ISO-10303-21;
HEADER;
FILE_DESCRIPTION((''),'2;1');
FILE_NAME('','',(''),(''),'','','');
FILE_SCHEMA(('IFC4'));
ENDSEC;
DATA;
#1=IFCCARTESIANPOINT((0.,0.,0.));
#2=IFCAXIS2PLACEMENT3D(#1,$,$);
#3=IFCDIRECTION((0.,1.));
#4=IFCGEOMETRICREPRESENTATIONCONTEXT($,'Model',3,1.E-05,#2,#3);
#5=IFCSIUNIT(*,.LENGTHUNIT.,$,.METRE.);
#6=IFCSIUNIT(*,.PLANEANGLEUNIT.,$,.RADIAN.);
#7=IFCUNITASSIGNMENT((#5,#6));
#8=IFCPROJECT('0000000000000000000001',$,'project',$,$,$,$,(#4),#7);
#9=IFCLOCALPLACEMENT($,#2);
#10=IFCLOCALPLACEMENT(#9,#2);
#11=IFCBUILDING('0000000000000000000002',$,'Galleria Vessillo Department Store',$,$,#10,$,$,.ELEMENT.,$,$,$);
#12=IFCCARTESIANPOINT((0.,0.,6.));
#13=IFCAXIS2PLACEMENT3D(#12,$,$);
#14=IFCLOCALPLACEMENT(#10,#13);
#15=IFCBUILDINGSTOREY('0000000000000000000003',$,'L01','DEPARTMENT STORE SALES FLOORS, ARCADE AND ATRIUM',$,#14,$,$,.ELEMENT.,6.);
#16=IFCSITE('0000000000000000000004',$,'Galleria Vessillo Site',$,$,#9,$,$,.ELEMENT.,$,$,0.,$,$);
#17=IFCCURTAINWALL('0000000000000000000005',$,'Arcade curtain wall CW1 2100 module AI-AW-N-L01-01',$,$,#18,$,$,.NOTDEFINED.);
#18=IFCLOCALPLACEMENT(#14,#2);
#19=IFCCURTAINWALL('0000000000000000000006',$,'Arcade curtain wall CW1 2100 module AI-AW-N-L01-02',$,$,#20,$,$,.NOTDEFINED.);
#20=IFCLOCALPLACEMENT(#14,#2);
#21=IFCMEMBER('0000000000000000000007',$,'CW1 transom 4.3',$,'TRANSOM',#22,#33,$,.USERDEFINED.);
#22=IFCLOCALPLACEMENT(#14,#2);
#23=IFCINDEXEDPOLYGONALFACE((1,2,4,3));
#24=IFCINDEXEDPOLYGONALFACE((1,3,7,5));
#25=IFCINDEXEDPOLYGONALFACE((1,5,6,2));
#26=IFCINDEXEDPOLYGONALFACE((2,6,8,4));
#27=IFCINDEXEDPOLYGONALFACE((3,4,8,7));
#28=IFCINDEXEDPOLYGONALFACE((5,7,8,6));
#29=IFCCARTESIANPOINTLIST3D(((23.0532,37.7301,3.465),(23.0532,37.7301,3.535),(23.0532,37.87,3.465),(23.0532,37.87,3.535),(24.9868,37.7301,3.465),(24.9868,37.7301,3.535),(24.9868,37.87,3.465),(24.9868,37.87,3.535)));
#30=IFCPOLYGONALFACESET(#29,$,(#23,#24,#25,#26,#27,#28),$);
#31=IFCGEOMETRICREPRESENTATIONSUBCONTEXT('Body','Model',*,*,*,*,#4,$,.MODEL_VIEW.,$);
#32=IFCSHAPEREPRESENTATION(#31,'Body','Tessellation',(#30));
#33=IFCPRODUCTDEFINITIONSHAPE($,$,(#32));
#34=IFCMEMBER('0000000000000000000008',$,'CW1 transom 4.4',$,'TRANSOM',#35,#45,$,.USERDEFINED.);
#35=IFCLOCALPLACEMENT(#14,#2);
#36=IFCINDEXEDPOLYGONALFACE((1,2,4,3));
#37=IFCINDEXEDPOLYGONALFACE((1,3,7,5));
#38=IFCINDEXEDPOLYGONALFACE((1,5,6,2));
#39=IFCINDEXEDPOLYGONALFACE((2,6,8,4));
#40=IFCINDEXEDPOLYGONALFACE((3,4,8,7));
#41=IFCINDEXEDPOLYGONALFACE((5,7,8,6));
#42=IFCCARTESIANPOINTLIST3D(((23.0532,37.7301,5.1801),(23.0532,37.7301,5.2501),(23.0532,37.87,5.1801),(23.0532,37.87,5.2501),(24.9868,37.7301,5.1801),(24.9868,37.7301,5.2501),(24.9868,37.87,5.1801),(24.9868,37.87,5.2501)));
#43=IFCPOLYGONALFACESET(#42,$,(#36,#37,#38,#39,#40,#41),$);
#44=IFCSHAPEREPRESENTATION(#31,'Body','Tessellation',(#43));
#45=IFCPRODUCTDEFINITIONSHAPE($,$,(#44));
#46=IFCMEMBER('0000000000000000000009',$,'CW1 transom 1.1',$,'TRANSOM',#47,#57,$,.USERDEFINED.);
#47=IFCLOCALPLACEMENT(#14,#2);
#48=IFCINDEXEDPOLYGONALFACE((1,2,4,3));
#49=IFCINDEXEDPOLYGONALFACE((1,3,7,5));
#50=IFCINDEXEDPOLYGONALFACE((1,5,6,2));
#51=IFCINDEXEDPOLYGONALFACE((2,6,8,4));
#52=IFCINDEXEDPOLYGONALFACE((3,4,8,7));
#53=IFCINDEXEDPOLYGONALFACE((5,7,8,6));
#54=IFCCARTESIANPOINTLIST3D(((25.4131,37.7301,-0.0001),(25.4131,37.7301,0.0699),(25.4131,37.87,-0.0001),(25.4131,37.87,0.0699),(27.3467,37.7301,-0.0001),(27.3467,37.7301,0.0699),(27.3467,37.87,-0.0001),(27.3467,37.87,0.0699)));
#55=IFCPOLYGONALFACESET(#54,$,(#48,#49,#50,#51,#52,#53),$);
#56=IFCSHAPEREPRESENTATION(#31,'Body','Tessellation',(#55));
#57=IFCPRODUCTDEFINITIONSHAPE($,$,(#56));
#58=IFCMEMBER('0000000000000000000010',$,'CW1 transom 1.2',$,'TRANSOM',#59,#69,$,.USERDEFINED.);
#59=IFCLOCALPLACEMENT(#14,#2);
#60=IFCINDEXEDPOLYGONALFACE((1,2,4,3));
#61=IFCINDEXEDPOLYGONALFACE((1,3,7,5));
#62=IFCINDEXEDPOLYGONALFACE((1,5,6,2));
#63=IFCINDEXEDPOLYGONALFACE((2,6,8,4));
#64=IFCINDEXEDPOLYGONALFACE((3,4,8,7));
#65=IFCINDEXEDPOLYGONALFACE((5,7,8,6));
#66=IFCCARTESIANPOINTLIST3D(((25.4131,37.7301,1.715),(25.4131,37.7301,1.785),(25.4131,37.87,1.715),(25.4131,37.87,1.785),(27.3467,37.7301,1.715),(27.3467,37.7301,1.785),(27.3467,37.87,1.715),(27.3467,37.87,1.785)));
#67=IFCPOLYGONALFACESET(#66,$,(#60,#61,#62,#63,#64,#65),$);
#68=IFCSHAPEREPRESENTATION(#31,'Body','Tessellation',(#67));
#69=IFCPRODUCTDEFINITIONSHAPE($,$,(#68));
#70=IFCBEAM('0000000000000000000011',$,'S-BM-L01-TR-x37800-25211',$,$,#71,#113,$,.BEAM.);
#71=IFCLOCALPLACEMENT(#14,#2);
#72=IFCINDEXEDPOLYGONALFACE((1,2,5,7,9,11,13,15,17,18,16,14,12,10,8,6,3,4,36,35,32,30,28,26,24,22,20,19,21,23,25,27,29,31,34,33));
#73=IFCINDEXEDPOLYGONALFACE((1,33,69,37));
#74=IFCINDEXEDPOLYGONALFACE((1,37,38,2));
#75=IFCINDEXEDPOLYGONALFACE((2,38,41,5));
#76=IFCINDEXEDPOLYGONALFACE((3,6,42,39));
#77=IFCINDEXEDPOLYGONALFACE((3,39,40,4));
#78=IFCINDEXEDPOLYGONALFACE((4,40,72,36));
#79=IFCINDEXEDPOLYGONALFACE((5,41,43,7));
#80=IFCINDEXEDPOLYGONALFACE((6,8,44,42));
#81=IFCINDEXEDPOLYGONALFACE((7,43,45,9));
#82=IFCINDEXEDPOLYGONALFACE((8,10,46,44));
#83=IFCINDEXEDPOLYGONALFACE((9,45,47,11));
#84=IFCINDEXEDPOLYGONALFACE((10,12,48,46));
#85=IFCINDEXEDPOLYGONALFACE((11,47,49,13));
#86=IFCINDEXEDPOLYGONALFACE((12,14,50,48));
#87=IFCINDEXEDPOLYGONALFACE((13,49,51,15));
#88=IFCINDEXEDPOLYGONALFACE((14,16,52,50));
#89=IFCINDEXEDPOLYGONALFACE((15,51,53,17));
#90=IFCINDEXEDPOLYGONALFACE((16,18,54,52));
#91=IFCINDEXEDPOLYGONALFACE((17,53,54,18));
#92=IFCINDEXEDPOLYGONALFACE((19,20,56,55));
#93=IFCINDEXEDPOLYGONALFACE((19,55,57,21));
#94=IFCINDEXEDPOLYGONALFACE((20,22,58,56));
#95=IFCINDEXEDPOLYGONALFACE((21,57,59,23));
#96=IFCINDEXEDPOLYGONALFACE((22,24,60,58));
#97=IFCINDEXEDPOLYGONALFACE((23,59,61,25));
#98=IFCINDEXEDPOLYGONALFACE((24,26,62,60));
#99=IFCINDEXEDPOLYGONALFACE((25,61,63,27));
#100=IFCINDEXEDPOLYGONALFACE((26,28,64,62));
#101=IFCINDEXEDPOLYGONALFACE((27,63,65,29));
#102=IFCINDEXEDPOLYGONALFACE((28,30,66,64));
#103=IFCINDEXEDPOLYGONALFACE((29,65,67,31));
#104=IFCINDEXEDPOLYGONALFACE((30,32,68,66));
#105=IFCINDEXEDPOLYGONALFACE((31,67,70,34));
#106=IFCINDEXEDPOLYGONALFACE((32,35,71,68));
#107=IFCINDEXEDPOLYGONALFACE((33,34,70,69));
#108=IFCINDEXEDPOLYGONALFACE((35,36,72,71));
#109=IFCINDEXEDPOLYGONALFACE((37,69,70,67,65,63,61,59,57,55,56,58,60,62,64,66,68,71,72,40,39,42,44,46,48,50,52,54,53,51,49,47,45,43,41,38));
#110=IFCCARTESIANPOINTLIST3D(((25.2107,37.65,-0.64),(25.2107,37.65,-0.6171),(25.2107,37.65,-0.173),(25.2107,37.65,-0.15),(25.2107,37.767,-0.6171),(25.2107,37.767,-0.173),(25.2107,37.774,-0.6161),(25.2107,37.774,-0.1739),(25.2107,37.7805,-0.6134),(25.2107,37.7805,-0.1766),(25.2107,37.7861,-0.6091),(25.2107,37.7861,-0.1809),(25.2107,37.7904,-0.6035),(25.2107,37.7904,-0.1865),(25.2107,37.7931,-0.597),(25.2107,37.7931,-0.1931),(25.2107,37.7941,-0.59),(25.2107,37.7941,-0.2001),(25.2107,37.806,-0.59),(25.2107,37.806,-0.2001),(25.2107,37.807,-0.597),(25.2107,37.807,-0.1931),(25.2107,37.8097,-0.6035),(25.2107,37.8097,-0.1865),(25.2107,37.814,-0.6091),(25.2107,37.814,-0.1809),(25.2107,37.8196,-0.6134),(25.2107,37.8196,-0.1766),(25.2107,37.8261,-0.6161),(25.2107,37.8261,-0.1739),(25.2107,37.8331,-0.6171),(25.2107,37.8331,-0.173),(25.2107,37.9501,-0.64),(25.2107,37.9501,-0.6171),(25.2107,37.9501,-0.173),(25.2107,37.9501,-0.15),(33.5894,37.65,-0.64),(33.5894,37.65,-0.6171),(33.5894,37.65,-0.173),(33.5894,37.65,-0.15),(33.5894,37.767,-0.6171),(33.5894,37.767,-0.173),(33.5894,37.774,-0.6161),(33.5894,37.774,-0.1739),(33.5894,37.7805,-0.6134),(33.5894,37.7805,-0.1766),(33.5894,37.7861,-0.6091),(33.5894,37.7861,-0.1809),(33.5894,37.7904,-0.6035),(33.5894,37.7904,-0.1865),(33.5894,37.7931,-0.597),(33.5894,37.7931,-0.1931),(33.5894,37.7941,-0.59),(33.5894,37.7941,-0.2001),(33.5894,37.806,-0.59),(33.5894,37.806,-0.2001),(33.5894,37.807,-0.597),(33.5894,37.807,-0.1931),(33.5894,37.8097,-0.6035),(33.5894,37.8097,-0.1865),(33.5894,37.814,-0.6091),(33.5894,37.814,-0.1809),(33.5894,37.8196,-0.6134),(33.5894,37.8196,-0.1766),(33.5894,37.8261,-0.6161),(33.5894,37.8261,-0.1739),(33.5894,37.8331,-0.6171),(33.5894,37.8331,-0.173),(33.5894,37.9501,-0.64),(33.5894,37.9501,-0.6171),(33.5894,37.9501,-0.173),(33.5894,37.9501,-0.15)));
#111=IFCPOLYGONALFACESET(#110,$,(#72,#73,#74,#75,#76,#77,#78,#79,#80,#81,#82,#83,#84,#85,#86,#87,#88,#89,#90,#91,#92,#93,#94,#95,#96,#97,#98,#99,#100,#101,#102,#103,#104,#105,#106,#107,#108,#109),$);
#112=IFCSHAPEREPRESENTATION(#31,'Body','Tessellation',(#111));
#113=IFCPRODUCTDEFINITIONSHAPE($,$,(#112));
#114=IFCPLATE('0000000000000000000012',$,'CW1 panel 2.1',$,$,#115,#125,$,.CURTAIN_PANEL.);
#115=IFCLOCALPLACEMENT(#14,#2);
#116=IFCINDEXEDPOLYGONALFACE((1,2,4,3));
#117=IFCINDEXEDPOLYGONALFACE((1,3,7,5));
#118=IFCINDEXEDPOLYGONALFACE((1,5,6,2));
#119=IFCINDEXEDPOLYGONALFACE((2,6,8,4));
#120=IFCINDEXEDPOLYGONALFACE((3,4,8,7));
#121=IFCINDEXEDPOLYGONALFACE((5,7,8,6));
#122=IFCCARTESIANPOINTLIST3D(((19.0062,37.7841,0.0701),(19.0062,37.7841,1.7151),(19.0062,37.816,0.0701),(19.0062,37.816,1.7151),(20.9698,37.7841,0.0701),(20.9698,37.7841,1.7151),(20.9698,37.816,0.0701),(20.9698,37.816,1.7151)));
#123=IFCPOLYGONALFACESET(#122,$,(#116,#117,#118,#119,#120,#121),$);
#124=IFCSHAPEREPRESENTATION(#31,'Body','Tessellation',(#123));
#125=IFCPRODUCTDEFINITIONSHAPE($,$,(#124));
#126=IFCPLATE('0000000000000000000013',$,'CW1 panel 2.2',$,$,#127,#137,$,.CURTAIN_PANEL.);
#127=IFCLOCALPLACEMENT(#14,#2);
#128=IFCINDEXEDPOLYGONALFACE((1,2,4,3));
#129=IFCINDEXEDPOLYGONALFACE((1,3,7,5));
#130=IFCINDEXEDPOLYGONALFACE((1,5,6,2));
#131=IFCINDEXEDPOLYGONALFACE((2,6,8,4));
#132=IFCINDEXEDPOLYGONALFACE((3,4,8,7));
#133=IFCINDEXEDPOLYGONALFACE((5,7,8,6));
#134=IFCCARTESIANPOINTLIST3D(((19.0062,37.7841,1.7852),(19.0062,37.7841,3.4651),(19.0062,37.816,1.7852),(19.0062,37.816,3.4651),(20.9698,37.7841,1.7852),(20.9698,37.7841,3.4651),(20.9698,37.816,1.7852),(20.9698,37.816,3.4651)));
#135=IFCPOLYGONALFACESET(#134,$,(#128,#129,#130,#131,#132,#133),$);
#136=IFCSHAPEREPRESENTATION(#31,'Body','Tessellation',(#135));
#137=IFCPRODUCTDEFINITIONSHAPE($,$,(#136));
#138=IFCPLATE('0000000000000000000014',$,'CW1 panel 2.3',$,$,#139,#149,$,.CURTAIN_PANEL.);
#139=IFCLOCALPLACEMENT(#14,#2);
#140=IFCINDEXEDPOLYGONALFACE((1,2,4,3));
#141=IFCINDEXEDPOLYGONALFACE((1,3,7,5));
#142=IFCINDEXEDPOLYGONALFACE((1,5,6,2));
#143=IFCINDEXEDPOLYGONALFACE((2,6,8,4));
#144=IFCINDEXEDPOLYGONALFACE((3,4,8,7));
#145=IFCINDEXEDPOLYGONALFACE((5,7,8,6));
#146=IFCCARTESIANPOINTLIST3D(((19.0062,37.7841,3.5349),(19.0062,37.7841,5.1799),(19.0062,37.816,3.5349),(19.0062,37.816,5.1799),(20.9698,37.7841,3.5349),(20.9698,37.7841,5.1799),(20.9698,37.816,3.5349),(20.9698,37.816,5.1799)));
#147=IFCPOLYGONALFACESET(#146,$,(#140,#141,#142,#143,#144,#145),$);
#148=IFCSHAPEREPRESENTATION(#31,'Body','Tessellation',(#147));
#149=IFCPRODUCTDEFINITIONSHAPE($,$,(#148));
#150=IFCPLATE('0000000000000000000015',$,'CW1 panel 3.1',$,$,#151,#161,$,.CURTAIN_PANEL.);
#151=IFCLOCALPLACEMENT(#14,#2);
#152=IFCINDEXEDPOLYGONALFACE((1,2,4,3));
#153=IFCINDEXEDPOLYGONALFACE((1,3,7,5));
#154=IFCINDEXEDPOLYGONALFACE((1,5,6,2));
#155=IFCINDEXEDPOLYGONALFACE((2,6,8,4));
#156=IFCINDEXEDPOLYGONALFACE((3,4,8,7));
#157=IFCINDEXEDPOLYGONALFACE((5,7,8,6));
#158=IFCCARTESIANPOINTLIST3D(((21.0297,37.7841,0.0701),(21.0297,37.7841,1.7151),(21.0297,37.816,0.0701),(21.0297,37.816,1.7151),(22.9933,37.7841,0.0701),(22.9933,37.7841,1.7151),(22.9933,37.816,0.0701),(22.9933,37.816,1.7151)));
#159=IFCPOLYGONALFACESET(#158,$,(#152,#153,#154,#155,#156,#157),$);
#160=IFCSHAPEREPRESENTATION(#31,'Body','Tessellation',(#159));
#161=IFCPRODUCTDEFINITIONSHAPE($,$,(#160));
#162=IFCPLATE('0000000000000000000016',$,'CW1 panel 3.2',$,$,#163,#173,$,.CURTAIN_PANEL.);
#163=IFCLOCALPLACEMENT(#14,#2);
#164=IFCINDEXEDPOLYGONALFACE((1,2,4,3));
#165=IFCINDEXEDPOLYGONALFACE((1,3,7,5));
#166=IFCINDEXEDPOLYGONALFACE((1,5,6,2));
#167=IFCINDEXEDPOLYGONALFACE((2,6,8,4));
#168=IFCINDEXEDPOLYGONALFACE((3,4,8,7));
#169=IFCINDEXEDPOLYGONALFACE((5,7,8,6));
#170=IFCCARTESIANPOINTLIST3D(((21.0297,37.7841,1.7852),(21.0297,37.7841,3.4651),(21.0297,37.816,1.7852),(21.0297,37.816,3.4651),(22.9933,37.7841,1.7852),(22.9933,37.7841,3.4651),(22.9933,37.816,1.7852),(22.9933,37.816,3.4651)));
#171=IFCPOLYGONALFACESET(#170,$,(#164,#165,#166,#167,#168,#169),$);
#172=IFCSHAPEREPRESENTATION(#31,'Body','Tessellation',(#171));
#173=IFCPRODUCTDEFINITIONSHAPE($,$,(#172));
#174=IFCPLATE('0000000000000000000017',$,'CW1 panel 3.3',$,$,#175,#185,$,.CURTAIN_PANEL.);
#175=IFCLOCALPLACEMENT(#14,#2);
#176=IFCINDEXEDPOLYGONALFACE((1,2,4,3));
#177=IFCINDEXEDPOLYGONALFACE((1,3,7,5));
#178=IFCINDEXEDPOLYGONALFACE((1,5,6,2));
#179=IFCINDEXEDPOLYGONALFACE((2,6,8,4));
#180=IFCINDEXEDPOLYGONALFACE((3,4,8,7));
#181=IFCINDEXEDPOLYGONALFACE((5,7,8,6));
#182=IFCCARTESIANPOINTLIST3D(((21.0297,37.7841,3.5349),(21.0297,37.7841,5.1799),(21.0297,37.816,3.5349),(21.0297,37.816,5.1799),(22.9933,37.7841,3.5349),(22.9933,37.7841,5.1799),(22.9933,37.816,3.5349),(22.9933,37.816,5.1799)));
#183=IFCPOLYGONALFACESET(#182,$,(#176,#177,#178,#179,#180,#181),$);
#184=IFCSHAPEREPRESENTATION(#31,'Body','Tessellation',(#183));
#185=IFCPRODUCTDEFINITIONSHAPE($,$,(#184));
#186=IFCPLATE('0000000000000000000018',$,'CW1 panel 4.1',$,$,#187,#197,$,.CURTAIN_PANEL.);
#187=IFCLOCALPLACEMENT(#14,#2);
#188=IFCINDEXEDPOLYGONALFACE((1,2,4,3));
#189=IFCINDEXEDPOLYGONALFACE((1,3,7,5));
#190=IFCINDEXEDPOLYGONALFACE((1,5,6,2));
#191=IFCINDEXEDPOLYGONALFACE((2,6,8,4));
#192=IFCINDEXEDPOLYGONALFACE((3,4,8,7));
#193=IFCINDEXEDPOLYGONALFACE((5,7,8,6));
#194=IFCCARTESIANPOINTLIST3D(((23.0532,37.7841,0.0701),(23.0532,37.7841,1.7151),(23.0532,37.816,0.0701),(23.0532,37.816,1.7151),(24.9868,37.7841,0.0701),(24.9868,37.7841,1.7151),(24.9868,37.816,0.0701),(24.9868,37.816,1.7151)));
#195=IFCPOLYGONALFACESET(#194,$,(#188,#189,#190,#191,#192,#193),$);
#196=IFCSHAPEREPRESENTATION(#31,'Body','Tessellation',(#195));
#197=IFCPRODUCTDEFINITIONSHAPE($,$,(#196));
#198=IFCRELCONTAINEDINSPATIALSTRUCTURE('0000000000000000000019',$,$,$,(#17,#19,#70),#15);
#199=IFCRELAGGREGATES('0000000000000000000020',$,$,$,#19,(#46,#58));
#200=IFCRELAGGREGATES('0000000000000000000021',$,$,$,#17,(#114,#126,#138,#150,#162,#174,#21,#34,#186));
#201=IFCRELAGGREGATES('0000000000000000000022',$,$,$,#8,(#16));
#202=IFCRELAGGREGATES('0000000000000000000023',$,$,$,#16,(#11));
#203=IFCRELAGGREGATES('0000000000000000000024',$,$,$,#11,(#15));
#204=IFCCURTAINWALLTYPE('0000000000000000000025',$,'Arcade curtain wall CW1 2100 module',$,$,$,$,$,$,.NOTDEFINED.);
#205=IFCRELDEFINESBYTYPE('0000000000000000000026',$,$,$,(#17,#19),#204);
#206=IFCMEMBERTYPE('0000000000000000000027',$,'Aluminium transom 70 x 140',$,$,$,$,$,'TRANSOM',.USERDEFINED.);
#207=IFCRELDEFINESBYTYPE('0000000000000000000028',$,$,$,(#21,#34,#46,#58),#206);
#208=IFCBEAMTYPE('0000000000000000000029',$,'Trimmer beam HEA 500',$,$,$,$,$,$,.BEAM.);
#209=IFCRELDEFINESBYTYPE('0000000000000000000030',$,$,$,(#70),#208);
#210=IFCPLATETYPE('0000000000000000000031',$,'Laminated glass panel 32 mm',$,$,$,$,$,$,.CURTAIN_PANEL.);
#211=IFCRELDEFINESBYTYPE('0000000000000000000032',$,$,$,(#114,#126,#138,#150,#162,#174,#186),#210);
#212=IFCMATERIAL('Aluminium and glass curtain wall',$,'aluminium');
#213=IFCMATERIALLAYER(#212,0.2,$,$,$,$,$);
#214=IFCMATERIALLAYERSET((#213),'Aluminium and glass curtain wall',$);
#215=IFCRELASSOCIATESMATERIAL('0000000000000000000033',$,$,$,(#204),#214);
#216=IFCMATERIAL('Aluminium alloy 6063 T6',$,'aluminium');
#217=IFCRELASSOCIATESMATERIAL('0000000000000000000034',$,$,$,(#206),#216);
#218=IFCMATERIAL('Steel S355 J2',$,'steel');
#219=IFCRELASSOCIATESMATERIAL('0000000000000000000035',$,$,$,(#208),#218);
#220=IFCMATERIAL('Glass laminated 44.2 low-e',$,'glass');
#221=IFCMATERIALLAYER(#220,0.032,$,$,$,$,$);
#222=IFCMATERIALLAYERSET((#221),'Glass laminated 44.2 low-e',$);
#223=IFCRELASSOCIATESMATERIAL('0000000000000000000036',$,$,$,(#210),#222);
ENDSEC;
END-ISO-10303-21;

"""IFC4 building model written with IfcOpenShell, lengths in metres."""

from ifc_helpers import new_model, si_unit, direction, frame, origin, origin_2d, place, context, subcontext, project, spatial, rectangle, i_section, extrude, material, layer, layer_set, material_profile, profile_set, type_object, element, aggregate, save


model = new_model("IFC4")

# Units and contexts
model_context = context("Model", 3, precision=1e-05, world=origin(), true_north=direction((0.0, 1.0)))
body_context = subcontext(model_context, "Body", "Model", "MODEL_VIEW")
ifc_project = project(units=[si_unit("LENGTHUNIT", "METRE"), si_unit("PLANEANGLEUNIT", "RADIAN")], contexts=[model_context])

# Site, building, storey
site_placement = place(None, origin())
site = spatial("IfcSite", under=ifc_project, at=site_placement, Name="Galleria Vessillo Site", CompositionType="ELEMENT", RefElevation=0.0)
building_placement = place(site_placement, origin())
building = spatial("IfcBuilding", under=site, at=building_placement, Name="Galleria Vessillo Department Store", CompositionType="ELEMENT")
storey_placement = place(building_placement, frame((0.0, 0.0, 6.0)))
storey = spatial("IfcBuildingStorey", under=building, at=storey_placement, Name="L01", Description="DEPARTMENT STORE SALES FLOORS, ARCADE AND ATRIUM", CompositionType="ELEMENT", Elevation=6.0)

# Curtain wall
ifc_material_1 = material(Name="Aluminium and glass curtain wall", Category="aluminium")
ifc_layer_1 = layer(ifc_material_1, 0.2)
ifc_layer_set_1 = layer_set([ifc_layer_1], Name="Aluminium and glass curtain wall")
curtain_wall_type = type_object("IfcCurtainWallType", Name="Arcade curtain wall CW1 2100 module", PredefinedType="NOTDEFINED", material=ifc_layer_set_1)
curtain_wall_1_placement = place(storey_placement, origin())
curtain_wall_1 = element("IfcCurtainWall", 1, at=curtain_wall_1_placement, inside=storey, type_object=curtain_wall_type, Name="Arcade curtain wall CW1 2100 module AI-AW-N-L01-01", PredefinedType="NOTDEFINED")

# Curtain wall
curtain_wall_2_placement = place(storey_placement, origin())
curtain_wall_2 = element("IfcCurtainWall", 2, at=curtain_wall_2_placement, inside=storey, type_object=curtain_wall_type, Name="Arcade curtain wall CW1 2100 module AI-AW-N-L01-02", PredefinedType="NOTDEFINED")

# Members
ifc_material_2 = material(Name="Aluminium alloy 6063 T6", Category="aluminium")
ifc_material_profile_1 = material_profile(ifc_material_2, rectangle(XDim=0.1399, YDim=0.0701, at=origin_2d()), Name="AL 70x140")
ifc_profile_set_1 = profile_set([ifc_material_profile_1], Name="Aluminium alloy 6063 T6")
member_type_1 = type_object("IfcMemberType", Name="Aluminium transom 70 x 140", ElementType="TRANSOM", PredefinedType="USERDEFINED", material=ifc_profile_set_1)
member_1_placement = place(storey_placement, frame((23.0532, 37.8, 3.5), z_axis=(1.0, 0.0, 0.0), x_axis=(0.0, 1.0, 0.0)))
member_1 = element("IfcMember", 3, at=member_1_placement, type_object=member_type_1, Name="CW1 transom 4.3", ObjectType="TRANSOM", PredefinedType="USERDEFINED", context=body_context, shape_type="SweptSolid", body=[
    extrude(rectangle(XDim=0.1399, YDim=0.0701, at=origin_2d()), origin(), (0.0, 0.0, 1.0), 1.9336),
])
member_2_placement = place(storey_placement, frame((23.0532, 37.8, 5.2151), z_axis=(1.0, 0.0, 0.0), x_axis=(0.0, 1.0, 0.0)))
member_2 = element("IfcMember", 4, at=member_2_placement, type_object=member_type_1, Name="CW1 transom 4.4", ObjectType="TRANSOM", PredefinedType="USERDEFINED", context=body_context, shape_type="SweptSolid", body=[
    extrude(rectangle(XDim=0.1399, YDim=0.0701, at=origin_2d()), origin(), (0.0, 0.0, 1.0), 1.9336),
])
member_3_placement = place(storey_placement, frame((25.4131, 37.8, 0.0349), z_axis=(1.0, 0.0, 0.0), x_axis=(0.0, 1.0, 0.0)))
member_3 = element("IfcMember", 5, at=member_3_placement, type_object=member_type_1, Name="CW1 transom 1.1", ObjectType="TRANSOM", PredefinedType="USERDEFINED", context=body_context, shape_type="SweptSolid", body=[
    extrude(rectangle(XDim=0.1399, YDim=0.0701, at=origin_2d()), origin(), (0.0, 0.0, 1.0), 1.9336),
])
member_4_placement = place(storey_placement, frame((25.4131, 37.8, 1.75), z_axis=(1.0, 0.0, 0.0), x_axis=(0.0, 1.0, 0.0)))
member_4 = element("IfcMember", 6, at=member_4_placement, type_object=member_type_1, Name="CW1 transom 1.2", ObjectType="TRANSOM", PredefinedType="USERDEFINED", context=body_context, shape_type="SweptSolid", body=[
    extrude(rectangle(XDim=0.1399, YDim=0.0701, at=origin_2d()), origin(), (0.0, 0.0, 1.0), 1.9336),
])
aggregate(curtain_wall_2, [member_3, member_4])

# Beam
ifc_material_3 = material(Name="Steel S355 J2", Category="steel")
ifc_material_profile_2 = material_profile(ifc_material_3, i_section(OverallWidth=0.3, OverallDepth=0.49, WebThickness=0.012, FlangeThickness=0.0229, FilletRadius=0.0271, at=origin_2d()), Name="HEA 500")
ifc_profile_set_2 = profile_set([ifc_material_profile_2], Name="Steel S355 J2")
beam_type = type_object("IfcBeamType", Name="Trimmer beam HEA 500", PredefinedType="BEAM", material=ifc_profile_set_2)
beam_placement = place(storey_placement, frame((25.2107, 37.8, -0.395), z_axis=(1.0, 0.0, 0.0), x_axis=(0.0, 1.0, 0.0)))
element("IfcBeam", 7, at=beam_placement, inside=storey, type_object=beam_type, Name="S-BM-L01-TR-x37800-25211", PredefinedType="BEAM", context=body_context, shape_type="SweptSolid", body=[
    extrude(i_section(OverallWidth=0.3, OverallDepth=0.49, WebThickness=0.012, FlangeThickness=0.0229, FilletRadius=0.0271, at=origin_2d()), origin(), (0.0, 0.0, 1.0), 8.3787),
])

# Plates
ifc_material_4 = material(Name="Glass laminated 44.2 low-e", Category="glass")
ifc_layer_2 = layer(ifc_material_4, 0.032)
ifc_layer_set_2 = layer_set([ifc_layer_2], Name="Glass laminated 44.2 low-e")
plate_type = type_object("IfcPlateType", Name="Laminated glass panel 32 mm", PredefinedType="CURTAIN_PANEL", material=ifc_layer_set_2)
plate_1_placement = place(storey_placement, frame((19.988, 37.8, 0.0701), z_axis=(0.0, 0.0, 1.0), x_axis=(1.0, 0.0, 0.0)))
plate_1 = element("IfcPlate", 8, at=plate_1_placement, type_object=plate_type, Name="CW1 panel 2.1", PredefinedType="CURTAIN_PANEL", context=body_context, shape_type="SweptSolid", body=[
    extrude(rectangle(XDim=1.9636, YDim=0.032, at=origin_2d()), origin(), (0.0, 0.0, 1.0), 1.645),
])
plate_2_placement = place(storey_placement, frame((19.988, 37.8, 1.7852), z_axis=(0.0, 0.0, 1.0), x_axis=(1.0, 0.0, 0.0)))
plate_2 = element("IfcPlate", 9, at=plate_2_placement, type_object=plate_type, Name="CW1 panel 2.2", PredefinedType="CURTAIN_PANEL", context=body_context, shape_type="SweptSolid", body=[
    extrude(rectangle(XDim=1.9636, YDim=0.032, at=origin_2d()), origin(), (0.0, 0.0, 1.0), 1.6799),
])
plate_3_placement = place(storey_placement, frame((19.988, 37.8, 3.5349), z_axis=(0.0, 0.0, 1.0), x_axis=(1.0, 0.0, 0.0)))
plate_3 = element("IfcPlate", 10, at=plate_3_placement, type_object=plate_type, Name="CW1 panel 2.3", PredefinedType="CURTAIN_PANEL", context=body_context, shape_type="SweptSolid", body=[
    extrude(rectangle(XDim=1.9636, YDim=0.032, at=origin_2d()), origin(), (0.0, 0.0, 1.0), 1.645),
])
plate_4_placement = place(storey_placement, frame((22.0115, 37.8, 0.0701), z_axis=(0.0, 0.0, 1.0), x_axis=(1.0, 0.0, 0.0)))
plate_4 = element("IfcPlate", 11, at=plate_4_placement, type_object=plate_type, Name="CW1 panel 3.1", PredefinedType="CURTAIN_PANEL", context=body_context, shape_type="SweptSolid", body=[
    extrude(rectangle(XDim=1.9636, YDim=0.032, at=origin_2d()), origin(), (0.0, 0.0, 1.0), 1.645),
])
plate_5_placement = place(storey_placement, frame((22.0115, 37.8, 1.7852), z_axis=(0.0, 0.0, 1.0), x_axis=(1.0, 0.0, 0.0)))
plate_5 = element("IfcPlate", 12, at=plate_5_placement, type_object=plate_type, Name="CW1 panel 3.2", PredefinedType="CURTAIN_PANEL", context=body_context, shape_type="SweptSolid", body=[
    extrude(rectangle(XDim=1.9636, YDim=0.032, at=origin_2d()), origin(), (0.0, 0.0, 1.0), 1.6799),
])
plate_6_placement = place(storey_placement, frame((22.0115, 37.8, 3.5349), z_axis=(0.0, 0.0, 1.0), x_axis=(1.0, 0.0, 0.0)))
plate_6 = element("IfcPlate", 13, at=plate_6_placement, type_object=plate_type, Name="CW1 panel 3.3", PredefinedType="CURTAIN_PANEL", context=body_context, shape_type="SweptSolid", body=[
    extrude(rectangle(XDim=1.9636, YDim=0.032, at=origin_2d()), origin(), (0.0, 0.0, 1.0), 1.645),
])
plate_7_placement = place(storey_placement, frame((24.02, 37.8, 0.0701), z_axis=(0.0, 0.0, 1.0), x_axis=(1.0, 0.0, 0.0)))
plate_7 = element("IfcPlate", 14, at=plate_7_placement, type_object=plate_type, Name="CW1 panel 4.1", PredefinedType="CURTAIN_PANEL", context=body_context, shape_type="SweptSolid", body=[
    extrude(rectangle(XDim=1.9336, YDim=0.032, at=origin_2d()), origin(), (0.0, 0.0, 1.0), 1.645),
])
aggregate(curtain_wall_1, [plate_1, plate_2, plate_3, plate_4, plate_5, plate_6, member_1, member_2, plate_7])

save(model, "model.ifc")
